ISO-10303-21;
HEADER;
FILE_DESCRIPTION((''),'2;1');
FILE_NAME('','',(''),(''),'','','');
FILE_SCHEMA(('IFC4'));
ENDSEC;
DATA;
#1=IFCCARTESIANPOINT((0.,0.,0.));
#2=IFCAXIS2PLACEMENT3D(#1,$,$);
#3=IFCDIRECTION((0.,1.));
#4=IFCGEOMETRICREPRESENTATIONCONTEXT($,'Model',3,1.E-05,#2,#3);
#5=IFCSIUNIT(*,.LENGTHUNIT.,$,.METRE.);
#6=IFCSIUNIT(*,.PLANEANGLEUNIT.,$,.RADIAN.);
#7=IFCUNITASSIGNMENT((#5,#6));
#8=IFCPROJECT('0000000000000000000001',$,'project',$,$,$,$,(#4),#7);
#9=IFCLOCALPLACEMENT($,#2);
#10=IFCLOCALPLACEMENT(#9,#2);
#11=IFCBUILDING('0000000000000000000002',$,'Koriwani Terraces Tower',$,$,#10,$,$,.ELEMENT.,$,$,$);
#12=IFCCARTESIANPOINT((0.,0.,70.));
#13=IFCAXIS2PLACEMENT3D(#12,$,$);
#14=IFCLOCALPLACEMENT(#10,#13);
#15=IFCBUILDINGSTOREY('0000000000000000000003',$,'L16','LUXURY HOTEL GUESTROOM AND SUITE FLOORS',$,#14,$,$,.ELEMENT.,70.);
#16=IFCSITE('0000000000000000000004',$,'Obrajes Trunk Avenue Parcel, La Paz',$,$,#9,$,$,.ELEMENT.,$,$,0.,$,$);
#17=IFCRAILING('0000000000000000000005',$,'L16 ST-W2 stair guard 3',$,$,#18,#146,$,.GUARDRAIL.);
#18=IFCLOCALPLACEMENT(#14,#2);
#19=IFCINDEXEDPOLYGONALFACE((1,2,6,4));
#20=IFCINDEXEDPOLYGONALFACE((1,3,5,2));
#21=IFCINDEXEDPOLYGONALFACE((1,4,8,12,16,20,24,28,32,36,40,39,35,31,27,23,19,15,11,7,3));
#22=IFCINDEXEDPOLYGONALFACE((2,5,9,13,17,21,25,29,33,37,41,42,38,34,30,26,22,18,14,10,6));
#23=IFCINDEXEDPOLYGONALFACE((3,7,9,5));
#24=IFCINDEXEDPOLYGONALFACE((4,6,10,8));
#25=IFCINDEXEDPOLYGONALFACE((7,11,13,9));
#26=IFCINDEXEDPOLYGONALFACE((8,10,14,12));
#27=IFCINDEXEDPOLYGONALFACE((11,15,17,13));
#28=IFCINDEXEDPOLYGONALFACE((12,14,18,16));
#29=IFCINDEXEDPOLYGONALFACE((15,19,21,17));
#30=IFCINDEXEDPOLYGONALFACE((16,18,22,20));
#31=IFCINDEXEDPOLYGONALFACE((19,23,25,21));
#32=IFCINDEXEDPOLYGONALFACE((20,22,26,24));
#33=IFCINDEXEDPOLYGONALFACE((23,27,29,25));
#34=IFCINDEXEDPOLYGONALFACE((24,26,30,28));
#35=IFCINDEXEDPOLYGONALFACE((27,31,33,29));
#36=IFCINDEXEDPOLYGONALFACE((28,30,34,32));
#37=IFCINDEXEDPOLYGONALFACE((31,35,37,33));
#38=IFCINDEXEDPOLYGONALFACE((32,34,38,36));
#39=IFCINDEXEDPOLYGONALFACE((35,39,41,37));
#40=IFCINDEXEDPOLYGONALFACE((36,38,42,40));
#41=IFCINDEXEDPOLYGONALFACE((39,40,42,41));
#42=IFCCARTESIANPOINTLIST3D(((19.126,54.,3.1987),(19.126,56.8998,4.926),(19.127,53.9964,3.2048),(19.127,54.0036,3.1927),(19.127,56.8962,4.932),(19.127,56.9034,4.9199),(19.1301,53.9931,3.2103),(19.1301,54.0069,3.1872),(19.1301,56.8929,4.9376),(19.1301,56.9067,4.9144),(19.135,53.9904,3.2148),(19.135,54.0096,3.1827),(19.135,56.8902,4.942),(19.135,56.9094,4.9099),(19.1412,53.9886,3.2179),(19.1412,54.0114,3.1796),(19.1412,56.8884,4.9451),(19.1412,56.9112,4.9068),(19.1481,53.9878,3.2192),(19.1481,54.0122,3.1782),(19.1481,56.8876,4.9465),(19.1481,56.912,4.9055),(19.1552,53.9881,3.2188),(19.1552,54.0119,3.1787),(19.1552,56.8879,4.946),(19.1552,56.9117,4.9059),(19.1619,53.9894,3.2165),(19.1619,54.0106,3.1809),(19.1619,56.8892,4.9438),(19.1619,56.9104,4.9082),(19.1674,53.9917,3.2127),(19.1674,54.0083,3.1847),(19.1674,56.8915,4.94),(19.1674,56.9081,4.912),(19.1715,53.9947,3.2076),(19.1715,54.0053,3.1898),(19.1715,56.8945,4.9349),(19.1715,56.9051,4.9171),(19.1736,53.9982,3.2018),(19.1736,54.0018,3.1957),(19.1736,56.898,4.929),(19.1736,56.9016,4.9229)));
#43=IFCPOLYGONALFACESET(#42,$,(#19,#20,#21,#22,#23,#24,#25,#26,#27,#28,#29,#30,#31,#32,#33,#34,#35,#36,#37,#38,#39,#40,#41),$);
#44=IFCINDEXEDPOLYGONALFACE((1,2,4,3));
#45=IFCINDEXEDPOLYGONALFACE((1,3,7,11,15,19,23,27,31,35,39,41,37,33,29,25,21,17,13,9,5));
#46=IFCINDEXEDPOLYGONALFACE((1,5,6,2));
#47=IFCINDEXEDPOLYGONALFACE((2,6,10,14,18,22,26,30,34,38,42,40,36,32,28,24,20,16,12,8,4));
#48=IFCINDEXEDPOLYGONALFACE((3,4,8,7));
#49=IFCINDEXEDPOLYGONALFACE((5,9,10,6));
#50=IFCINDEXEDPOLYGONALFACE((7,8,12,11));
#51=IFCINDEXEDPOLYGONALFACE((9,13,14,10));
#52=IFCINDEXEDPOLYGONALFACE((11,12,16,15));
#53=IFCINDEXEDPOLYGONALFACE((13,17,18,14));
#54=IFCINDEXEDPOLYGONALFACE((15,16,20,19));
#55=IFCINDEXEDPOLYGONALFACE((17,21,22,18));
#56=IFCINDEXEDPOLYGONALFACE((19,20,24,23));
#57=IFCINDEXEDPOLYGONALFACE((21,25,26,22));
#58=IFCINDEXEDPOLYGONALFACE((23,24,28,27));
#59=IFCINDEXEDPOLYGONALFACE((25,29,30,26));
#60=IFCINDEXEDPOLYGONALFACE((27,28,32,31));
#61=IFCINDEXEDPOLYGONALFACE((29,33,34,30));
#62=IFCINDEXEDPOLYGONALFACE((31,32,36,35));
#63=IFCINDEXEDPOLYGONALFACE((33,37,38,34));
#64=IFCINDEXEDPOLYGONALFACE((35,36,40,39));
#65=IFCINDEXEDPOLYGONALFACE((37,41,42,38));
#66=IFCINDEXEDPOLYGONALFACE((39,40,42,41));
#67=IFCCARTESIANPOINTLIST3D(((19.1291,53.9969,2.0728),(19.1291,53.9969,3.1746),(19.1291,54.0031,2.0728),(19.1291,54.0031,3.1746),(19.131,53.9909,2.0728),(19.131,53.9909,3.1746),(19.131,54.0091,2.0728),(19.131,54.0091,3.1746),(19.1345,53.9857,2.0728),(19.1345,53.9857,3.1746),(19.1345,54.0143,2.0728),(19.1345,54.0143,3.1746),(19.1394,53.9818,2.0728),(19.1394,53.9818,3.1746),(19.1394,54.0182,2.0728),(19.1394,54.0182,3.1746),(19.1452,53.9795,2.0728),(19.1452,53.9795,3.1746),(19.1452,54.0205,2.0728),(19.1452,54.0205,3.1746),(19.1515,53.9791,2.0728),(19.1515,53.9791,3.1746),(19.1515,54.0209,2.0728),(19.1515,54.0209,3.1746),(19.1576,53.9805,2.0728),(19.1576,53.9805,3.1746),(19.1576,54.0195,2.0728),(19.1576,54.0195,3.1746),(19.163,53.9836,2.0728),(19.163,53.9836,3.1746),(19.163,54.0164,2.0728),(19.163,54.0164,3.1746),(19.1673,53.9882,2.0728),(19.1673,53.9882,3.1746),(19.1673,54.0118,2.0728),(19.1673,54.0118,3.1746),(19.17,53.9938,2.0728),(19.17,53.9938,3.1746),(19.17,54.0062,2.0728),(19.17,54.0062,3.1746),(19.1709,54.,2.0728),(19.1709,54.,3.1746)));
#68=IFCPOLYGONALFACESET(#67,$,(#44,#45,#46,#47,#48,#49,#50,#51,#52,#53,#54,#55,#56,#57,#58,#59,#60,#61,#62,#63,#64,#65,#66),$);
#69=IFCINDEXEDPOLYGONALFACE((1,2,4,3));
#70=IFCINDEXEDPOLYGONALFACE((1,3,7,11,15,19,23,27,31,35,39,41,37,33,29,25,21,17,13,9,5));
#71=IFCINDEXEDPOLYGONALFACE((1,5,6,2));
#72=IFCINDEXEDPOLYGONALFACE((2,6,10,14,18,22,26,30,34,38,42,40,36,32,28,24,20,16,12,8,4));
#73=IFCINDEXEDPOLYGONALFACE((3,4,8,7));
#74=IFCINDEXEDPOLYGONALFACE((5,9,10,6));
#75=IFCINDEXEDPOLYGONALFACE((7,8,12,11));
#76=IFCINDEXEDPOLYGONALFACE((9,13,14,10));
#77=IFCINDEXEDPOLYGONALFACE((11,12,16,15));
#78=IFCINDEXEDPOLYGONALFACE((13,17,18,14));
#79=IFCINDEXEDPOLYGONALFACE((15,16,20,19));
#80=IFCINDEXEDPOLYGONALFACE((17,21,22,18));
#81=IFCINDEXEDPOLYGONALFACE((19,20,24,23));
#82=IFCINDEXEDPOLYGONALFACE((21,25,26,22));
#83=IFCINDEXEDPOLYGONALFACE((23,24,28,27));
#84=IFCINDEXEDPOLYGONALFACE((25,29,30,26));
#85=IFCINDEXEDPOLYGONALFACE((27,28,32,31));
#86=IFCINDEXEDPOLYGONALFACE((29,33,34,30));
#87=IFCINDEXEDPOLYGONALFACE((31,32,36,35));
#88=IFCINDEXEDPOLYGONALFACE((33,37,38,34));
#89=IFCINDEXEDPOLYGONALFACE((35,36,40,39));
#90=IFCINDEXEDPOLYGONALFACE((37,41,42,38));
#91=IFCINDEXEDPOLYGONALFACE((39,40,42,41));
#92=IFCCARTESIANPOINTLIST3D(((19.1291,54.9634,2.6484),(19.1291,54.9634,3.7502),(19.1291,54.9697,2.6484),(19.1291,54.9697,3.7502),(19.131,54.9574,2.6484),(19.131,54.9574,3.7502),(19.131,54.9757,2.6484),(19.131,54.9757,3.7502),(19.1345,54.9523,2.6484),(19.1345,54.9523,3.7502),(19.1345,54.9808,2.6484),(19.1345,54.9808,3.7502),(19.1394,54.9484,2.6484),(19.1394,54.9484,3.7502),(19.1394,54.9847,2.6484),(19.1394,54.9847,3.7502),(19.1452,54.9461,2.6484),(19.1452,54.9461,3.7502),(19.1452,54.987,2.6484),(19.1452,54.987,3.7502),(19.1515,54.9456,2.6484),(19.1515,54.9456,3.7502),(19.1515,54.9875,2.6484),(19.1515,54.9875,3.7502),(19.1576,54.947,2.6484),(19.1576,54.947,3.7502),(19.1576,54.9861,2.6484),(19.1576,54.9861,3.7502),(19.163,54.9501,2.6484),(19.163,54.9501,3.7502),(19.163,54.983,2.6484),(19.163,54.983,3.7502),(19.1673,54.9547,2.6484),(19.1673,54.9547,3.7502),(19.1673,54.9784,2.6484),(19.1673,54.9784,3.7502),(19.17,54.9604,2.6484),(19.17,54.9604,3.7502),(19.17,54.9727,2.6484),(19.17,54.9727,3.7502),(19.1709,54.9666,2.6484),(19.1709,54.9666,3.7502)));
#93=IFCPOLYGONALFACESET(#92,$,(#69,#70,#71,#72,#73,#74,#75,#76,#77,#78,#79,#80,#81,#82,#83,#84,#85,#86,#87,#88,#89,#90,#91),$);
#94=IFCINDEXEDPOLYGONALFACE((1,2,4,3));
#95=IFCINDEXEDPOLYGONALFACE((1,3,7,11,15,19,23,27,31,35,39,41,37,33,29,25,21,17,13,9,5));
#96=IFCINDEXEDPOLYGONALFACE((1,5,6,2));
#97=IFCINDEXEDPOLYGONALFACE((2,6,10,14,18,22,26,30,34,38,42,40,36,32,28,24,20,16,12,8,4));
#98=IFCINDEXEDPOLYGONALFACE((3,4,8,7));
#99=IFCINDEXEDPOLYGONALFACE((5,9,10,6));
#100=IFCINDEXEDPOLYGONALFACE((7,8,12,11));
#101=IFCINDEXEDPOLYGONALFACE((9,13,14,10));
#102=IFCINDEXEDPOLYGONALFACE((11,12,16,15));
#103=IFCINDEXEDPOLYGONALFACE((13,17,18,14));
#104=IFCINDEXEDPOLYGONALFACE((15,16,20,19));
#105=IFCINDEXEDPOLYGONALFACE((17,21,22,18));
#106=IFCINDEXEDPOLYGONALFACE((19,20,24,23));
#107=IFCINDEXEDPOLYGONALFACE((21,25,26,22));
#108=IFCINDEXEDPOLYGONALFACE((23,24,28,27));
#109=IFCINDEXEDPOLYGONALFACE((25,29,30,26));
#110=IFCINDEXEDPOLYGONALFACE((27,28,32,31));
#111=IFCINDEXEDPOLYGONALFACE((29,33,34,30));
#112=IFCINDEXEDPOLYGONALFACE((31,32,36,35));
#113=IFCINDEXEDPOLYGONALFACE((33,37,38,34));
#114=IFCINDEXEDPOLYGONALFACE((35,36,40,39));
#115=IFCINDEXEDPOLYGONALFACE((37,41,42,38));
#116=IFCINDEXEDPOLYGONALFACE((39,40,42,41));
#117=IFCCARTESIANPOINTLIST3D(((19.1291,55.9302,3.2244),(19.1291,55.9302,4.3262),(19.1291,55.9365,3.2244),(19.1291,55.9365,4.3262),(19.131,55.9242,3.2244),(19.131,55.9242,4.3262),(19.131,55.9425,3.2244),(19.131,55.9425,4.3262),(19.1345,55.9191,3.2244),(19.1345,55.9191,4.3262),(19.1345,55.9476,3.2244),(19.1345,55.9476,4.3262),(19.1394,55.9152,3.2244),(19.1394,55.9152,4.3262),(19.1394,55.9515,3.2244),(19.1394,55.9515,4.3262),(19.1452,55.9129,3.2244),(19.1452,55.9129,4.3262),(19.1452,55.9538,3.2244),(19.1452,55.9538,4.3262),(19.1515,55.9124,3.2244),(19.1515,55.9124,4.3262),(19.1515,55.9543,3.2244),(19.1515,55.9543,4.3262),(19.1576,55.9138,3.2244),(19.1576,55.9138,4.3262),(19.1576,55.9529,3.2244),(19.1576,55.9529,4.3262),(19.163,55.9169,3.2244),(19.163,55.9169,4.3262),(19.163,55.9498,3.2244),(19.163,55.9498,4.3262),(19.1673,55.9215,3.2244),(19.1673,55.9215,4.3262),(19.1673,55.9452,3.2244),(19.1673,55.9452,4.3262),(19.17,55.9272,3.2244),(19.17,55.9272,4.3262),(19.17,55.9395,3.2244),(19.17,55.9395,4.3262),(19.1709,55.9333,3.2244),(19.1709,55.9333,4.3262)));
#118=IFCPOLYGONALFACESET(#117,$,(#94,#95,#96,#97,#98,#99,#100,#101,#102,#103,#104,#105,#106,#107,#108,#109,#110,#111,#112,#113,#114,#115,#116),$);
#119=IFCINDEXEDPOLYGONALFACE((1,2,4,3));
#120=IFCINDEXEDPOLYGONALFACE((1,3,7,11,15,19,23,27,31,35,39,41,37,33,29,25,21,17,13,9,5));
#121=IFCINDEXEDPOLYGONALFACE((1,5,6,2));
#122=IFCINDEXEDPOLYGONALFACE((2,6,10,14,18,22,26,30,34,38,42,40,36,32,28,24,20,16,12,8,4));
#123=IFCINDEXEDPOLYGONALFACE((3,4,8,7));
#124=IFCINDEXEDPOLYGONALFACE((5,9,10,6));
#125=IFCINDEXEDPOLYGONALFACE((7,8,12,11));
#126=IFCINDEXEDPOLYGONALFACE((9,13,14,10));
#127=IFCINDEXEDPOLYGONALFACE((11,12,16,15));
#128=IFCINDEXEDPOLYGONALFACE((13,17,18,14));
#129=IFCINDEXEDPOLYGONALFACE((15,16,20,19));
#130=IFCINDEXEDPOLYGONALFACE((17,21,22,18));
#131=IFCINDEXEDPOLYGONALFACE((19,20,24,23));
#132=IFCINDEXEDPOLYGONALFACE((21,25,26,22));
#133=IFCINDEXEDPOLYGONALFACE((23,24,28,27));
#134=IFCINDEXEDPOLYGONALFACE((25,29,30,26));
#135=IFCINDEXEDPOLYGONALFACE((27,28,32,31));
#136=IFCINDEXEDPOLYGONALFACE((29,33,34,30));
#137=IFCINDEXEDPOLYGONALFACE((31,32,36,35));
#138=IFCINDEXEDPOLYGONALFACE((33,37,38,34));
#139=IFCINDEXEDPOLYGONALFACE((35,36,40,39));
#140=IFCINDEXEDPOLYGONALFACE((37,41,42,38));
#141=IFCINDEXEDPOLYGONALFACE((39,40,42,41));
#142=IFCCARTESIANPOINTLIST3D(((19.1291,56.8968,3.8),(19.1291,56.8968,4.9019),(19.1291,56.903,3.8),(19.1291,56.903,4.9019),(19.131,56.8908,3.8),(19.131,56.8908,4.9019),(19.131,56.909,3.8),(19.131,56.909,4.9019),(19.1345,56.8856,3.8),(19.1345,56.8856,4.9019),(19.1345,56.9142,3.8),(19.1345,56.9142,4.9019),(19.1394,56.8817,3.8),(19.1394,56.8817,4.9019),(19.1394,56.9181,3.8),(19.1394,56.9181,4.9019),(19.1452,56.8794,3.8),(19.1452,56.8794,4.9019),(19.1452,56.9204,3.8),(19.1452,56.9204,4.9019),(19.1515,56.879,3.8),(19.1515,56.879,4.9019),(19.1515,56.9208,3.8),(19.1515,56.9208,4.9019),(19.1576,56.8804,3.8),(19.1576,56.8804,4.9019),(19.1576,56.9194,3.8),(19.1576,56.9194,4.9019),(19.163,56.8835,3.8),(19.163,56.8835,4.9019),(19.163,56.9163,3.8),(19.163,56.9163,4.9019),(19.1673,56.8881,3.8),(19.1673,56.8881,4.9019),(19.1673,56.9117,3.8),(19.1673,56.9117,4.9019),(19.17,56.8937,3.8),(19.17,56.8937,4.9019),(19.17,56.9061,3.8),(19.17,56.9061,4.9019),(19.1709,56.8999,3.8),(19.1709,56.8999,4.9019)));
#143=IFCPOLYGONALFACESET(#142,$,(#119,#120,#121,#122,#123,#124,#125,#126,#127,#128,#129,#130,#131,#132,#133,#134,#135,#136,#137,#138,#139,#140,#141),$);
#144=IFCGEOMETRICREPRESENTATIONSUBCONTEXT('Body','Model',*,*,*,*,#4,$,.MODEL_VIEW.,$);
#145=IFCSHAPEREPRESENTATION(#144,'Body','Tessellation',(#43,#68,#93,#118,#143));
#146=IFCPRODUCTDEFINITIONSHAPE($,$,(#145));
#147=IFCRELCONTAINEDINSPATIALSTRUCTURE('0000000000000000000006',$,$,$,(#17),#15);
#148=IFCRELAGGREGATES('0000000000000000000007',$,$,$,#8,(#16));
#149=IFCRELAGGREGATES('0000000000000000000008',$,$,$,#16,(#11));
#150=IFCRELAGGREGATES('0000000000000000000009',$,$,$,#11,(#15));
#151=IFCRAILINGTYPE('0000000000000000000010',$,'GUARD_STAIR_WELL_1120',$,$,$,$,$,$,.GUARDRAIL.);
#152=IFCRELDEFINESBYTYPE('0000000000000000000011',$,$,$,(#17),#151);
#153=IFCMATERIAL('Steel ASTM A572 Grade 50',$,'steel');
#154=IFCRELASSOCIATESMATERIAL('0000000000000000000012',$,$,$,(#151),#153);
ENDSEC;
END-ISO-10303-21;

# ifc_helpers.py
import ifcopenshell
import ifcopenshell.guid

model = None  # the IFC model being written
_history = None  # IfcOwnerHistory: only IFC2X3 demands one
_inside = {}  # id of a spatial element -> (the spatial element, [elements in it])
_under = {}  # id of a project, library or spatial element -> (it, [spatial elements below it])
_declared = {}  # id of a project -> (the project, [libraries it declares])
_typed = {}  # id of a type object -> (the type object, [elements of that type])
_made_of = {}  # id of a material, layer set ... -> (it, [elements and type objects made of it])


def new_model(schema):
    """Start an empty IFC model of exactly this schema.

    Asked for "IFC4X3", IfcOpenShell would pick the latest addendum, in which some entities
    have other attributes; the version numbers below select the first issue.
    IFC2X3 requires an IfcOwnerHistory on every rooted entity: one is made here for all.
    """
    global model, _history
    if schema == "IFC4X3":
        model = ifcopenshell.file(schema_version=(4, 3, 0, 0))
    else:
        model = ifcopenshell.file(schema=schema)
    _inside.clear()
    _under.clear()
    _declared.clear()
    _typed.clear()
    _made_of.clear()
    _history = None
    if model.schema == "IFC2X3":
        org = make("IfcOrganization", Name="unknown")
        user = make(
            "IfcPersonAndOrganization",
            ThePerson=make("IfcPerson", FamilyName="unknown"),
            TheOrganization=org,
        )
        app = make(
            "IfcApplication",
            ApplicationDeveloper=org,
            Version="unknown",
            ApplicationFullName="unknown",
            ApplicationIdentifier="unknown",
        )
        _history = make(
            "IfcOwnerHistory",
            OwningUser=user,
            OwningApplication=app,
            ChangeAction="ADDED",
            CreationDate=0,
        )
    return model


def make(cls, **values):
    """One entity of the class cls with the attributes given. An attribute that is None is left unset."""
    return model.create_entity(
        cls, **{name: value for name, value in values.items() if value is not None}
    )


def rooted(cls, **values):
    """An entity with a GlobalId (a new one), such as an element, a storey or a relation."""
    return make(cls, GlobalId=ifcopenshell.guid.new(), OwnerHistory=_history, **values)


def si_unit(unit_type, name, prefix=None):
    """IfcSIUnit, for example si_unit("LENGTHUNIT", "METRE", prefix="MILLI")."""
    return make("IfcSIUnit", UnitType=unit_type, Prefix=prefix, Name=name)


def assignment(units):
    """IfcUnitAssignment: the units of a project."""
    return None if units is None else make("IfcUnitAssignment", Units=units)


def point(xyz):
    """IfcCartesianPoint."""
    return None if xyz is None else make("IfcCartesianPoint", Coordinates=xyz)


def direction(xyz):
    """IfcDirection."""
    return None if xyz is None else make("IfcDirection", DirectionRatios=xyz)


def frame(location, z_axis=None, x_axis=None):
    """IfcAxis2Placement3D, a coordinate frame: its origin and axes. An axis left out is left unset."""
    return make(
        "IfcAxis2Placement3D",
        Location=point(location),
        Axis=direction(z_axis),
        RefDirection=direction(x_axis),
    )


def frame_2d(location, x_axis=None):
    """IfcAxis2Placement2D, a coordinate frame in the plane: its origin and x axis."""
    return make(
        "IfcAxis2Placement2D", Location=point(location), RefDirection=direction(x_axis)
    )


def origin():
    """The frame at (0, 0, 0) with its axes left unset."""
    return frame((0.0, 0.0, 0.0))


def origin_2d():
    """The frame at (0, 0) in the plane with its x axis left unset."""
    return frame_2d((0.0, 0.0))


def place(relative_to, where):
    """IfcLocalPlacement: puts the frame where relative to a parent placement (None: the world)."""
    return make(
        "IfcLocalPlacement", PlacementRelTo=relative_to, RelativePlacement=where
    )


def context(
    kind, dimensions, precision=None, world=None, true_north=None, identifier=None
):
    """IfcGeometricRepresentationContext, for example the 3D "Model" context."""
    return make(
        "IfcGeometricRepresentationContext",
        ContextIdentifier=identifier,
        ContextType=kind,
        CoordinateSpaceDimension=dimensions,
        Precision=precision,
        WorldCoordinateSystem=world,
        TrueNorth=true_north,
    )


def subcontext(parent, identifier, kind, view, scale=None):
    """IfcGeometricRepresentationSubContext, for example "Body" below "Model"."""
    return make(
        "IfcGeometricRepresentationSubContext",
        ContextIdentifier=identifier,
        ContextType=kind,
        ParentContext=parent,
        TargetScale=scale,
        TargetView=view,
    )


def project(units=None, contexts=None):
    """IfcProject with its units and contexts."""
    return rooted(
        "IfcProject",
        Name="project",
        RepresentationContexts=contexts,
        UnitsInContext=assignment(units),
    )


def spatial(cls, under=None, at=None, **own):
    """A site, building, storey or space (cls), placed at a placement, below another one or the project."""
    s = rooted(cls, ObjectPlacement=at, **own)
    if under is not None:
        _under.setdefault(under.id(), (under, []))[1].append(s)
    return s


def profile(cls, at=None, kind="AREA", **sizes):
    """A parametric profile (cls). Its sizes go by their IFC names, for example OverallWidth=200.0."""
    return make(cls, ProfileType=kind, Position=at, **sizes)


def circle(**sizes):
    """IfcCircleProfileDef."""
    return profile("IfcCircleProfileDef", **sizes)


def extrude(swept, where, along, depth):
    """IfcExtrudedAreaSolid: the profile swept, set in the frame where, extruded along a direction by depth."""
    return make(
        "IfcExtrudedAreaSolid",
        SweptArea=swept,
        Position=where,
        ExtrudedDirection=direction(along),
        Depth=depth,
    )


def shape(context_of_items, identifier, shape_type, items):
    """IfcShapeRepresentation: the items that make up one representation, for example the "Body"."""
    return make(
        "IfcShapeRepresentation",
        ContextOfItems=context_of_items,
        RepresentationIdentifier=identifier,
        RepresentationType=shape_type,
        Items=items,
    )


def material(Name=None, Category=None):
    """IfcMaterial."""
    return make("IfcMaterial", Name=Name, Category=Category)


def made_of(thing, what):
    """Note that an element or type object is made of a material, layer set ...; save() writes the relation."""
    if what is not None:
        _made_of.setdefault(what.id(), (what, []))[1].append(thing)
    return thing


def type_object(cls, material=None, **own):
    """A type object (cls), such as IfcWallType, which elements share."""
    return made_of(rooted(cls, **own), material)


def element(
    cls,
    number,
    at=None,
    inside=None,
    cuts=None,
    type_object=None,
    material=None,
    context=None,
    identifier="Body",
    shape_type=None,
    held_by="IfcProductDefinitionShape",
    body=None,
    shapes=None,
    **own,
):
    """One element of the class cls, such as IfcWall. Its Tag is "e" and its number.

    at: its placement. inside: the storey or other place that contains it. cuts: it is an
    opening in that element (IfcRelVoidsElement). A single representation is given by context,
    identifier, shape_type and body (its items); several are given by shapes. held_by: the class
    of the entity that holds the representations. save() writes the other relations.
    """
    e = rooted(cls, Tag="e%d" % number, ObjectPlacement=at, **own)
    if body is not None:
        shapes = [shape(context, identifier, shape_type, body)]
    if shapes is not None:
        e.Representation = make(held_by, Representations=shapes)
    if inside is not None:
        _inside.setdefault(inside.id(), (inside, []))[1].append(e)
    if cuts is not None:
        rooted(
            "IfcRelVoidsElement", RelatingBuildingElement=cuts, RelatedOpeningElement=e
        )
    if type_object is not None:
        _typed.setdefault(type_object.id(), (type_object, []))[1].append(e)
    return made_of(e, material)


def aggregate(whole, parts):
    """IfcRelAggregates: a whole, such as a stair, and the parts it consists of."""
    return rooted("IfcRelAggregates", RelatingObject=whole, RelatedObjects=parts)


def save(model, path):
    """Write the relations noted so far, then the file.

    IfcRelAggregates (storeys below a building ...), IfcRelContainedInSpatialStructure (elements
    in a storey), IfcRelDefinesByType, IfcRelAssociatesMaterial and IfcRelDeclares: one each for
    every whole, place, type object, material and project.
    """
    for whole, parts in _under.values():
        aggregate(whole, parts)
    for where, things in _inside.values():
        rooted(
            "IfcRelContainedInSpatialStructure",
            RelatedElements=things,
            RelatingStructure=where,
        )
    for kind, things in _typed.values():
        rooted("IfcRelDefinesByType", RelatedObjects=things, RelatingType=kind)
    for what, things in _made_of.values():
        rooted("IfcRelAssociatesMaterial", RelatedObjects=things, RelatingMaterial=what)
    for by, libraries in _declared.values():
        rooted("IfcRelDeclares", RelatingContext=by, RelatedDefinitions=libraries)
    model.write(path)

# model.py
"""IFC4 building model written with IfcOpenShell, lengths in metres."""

from ifc_helpers import new_model, si_unit, direction, frame, origin, origin_2d, place, context, subcontext, project, spatial, circle, extrude, material, type_object, element, save


model = new_model("IFC4")

# Units and contexts
model_context = context("Model", 3, precision=1e-05, world=origin(), true_north=direction((0.0, 1.0)))
body_context = subcontext(model_context, "Body", "Model", "MODEL_VIEW")
ifc_project = project(units=[si_unit("LENGTHUNIT", "METRE"), si_unit("PLANEANGLEUNIT", "RADIAN")], contexts=[model_context])

# Site, building, storey
site_placement = place(None, origin())
site = spatial("IfcSite", under=ifc_project, at=site_placement, Name="Obrajes Trunk Avenue Parcel, La Paz", CompositionType="ELEMENT", RefElevation=0.0)
building_placement = place(site_placement, origin())
building = spatial("IfcBuilding", under=site, at=building_placement, Name="Koriwani Terraces Tower", CompositionType="ELEMENT")
storey_placement = place(building_placement, frame((0.0, 0.0, 70.0)))
storey = spatial("IfcBuildingStorey", under=building, at=storey_placement, Name="L16", Description="LUXURY HOTEL GUESTROOM AND SUITE FLOORS", CompositionType="ELEMENT", Elevation=70.0)

# Shared definitions
ifc_material_1 = material(Name="Steel ASTM A572 Grade 50", Category="steel")

# Railing
railing_type_1 = type_object("IfcRailingType", Name="GUARD_STAIR_WELL_1120", PredefinedType="GUARDRAIL", material=ifc_material_1)
railing_1_placement = place(storey_placement, frame((19.1499, 54.0, 2.0728)))
element("IfcRailing", 1, at=railing_1_placement, inside=storey, type_object=railing_type_1, Name="L16 ST-W2 stair guard 3", PredefinedType="GUARDRAIL", context=body_context, shape_type="SweptSolid", body=[
    extrude(circle(Radius=0.0239, at=origin_2d()), frame((0.0, 0.0, 1.126), z_axis=(0.0, 0.859141, 0.511738), x_axis=(-1.0, 0.0, 0.0)), (0.0, 0.0, 1.0), 3.3752),
    extrude(circle(Radius=0.021, at=origin_2d()), origin(), (0.0, 0.0, 1.0), 1.1018),
    extrude(circle(Radius=0.021, at=origin_2d()), frame((0.0, 0.9666, 0.5757)), (0.0, 0.0, 1.0), 1.1018),
    extrude(circle(Radius=0.021, at=origin_2d()), frame((0.0, 1.9333, 1.1516)), (0.0, 0.0, 1.0), 1.1018),
    extrude(circle(Radius=0.021, at=origin_2d()), frame((0.0, 2.8999, 1.7273)), (0.0, 0.0, 1.0), 1.1018),
])

save(model, "model.ifc")
